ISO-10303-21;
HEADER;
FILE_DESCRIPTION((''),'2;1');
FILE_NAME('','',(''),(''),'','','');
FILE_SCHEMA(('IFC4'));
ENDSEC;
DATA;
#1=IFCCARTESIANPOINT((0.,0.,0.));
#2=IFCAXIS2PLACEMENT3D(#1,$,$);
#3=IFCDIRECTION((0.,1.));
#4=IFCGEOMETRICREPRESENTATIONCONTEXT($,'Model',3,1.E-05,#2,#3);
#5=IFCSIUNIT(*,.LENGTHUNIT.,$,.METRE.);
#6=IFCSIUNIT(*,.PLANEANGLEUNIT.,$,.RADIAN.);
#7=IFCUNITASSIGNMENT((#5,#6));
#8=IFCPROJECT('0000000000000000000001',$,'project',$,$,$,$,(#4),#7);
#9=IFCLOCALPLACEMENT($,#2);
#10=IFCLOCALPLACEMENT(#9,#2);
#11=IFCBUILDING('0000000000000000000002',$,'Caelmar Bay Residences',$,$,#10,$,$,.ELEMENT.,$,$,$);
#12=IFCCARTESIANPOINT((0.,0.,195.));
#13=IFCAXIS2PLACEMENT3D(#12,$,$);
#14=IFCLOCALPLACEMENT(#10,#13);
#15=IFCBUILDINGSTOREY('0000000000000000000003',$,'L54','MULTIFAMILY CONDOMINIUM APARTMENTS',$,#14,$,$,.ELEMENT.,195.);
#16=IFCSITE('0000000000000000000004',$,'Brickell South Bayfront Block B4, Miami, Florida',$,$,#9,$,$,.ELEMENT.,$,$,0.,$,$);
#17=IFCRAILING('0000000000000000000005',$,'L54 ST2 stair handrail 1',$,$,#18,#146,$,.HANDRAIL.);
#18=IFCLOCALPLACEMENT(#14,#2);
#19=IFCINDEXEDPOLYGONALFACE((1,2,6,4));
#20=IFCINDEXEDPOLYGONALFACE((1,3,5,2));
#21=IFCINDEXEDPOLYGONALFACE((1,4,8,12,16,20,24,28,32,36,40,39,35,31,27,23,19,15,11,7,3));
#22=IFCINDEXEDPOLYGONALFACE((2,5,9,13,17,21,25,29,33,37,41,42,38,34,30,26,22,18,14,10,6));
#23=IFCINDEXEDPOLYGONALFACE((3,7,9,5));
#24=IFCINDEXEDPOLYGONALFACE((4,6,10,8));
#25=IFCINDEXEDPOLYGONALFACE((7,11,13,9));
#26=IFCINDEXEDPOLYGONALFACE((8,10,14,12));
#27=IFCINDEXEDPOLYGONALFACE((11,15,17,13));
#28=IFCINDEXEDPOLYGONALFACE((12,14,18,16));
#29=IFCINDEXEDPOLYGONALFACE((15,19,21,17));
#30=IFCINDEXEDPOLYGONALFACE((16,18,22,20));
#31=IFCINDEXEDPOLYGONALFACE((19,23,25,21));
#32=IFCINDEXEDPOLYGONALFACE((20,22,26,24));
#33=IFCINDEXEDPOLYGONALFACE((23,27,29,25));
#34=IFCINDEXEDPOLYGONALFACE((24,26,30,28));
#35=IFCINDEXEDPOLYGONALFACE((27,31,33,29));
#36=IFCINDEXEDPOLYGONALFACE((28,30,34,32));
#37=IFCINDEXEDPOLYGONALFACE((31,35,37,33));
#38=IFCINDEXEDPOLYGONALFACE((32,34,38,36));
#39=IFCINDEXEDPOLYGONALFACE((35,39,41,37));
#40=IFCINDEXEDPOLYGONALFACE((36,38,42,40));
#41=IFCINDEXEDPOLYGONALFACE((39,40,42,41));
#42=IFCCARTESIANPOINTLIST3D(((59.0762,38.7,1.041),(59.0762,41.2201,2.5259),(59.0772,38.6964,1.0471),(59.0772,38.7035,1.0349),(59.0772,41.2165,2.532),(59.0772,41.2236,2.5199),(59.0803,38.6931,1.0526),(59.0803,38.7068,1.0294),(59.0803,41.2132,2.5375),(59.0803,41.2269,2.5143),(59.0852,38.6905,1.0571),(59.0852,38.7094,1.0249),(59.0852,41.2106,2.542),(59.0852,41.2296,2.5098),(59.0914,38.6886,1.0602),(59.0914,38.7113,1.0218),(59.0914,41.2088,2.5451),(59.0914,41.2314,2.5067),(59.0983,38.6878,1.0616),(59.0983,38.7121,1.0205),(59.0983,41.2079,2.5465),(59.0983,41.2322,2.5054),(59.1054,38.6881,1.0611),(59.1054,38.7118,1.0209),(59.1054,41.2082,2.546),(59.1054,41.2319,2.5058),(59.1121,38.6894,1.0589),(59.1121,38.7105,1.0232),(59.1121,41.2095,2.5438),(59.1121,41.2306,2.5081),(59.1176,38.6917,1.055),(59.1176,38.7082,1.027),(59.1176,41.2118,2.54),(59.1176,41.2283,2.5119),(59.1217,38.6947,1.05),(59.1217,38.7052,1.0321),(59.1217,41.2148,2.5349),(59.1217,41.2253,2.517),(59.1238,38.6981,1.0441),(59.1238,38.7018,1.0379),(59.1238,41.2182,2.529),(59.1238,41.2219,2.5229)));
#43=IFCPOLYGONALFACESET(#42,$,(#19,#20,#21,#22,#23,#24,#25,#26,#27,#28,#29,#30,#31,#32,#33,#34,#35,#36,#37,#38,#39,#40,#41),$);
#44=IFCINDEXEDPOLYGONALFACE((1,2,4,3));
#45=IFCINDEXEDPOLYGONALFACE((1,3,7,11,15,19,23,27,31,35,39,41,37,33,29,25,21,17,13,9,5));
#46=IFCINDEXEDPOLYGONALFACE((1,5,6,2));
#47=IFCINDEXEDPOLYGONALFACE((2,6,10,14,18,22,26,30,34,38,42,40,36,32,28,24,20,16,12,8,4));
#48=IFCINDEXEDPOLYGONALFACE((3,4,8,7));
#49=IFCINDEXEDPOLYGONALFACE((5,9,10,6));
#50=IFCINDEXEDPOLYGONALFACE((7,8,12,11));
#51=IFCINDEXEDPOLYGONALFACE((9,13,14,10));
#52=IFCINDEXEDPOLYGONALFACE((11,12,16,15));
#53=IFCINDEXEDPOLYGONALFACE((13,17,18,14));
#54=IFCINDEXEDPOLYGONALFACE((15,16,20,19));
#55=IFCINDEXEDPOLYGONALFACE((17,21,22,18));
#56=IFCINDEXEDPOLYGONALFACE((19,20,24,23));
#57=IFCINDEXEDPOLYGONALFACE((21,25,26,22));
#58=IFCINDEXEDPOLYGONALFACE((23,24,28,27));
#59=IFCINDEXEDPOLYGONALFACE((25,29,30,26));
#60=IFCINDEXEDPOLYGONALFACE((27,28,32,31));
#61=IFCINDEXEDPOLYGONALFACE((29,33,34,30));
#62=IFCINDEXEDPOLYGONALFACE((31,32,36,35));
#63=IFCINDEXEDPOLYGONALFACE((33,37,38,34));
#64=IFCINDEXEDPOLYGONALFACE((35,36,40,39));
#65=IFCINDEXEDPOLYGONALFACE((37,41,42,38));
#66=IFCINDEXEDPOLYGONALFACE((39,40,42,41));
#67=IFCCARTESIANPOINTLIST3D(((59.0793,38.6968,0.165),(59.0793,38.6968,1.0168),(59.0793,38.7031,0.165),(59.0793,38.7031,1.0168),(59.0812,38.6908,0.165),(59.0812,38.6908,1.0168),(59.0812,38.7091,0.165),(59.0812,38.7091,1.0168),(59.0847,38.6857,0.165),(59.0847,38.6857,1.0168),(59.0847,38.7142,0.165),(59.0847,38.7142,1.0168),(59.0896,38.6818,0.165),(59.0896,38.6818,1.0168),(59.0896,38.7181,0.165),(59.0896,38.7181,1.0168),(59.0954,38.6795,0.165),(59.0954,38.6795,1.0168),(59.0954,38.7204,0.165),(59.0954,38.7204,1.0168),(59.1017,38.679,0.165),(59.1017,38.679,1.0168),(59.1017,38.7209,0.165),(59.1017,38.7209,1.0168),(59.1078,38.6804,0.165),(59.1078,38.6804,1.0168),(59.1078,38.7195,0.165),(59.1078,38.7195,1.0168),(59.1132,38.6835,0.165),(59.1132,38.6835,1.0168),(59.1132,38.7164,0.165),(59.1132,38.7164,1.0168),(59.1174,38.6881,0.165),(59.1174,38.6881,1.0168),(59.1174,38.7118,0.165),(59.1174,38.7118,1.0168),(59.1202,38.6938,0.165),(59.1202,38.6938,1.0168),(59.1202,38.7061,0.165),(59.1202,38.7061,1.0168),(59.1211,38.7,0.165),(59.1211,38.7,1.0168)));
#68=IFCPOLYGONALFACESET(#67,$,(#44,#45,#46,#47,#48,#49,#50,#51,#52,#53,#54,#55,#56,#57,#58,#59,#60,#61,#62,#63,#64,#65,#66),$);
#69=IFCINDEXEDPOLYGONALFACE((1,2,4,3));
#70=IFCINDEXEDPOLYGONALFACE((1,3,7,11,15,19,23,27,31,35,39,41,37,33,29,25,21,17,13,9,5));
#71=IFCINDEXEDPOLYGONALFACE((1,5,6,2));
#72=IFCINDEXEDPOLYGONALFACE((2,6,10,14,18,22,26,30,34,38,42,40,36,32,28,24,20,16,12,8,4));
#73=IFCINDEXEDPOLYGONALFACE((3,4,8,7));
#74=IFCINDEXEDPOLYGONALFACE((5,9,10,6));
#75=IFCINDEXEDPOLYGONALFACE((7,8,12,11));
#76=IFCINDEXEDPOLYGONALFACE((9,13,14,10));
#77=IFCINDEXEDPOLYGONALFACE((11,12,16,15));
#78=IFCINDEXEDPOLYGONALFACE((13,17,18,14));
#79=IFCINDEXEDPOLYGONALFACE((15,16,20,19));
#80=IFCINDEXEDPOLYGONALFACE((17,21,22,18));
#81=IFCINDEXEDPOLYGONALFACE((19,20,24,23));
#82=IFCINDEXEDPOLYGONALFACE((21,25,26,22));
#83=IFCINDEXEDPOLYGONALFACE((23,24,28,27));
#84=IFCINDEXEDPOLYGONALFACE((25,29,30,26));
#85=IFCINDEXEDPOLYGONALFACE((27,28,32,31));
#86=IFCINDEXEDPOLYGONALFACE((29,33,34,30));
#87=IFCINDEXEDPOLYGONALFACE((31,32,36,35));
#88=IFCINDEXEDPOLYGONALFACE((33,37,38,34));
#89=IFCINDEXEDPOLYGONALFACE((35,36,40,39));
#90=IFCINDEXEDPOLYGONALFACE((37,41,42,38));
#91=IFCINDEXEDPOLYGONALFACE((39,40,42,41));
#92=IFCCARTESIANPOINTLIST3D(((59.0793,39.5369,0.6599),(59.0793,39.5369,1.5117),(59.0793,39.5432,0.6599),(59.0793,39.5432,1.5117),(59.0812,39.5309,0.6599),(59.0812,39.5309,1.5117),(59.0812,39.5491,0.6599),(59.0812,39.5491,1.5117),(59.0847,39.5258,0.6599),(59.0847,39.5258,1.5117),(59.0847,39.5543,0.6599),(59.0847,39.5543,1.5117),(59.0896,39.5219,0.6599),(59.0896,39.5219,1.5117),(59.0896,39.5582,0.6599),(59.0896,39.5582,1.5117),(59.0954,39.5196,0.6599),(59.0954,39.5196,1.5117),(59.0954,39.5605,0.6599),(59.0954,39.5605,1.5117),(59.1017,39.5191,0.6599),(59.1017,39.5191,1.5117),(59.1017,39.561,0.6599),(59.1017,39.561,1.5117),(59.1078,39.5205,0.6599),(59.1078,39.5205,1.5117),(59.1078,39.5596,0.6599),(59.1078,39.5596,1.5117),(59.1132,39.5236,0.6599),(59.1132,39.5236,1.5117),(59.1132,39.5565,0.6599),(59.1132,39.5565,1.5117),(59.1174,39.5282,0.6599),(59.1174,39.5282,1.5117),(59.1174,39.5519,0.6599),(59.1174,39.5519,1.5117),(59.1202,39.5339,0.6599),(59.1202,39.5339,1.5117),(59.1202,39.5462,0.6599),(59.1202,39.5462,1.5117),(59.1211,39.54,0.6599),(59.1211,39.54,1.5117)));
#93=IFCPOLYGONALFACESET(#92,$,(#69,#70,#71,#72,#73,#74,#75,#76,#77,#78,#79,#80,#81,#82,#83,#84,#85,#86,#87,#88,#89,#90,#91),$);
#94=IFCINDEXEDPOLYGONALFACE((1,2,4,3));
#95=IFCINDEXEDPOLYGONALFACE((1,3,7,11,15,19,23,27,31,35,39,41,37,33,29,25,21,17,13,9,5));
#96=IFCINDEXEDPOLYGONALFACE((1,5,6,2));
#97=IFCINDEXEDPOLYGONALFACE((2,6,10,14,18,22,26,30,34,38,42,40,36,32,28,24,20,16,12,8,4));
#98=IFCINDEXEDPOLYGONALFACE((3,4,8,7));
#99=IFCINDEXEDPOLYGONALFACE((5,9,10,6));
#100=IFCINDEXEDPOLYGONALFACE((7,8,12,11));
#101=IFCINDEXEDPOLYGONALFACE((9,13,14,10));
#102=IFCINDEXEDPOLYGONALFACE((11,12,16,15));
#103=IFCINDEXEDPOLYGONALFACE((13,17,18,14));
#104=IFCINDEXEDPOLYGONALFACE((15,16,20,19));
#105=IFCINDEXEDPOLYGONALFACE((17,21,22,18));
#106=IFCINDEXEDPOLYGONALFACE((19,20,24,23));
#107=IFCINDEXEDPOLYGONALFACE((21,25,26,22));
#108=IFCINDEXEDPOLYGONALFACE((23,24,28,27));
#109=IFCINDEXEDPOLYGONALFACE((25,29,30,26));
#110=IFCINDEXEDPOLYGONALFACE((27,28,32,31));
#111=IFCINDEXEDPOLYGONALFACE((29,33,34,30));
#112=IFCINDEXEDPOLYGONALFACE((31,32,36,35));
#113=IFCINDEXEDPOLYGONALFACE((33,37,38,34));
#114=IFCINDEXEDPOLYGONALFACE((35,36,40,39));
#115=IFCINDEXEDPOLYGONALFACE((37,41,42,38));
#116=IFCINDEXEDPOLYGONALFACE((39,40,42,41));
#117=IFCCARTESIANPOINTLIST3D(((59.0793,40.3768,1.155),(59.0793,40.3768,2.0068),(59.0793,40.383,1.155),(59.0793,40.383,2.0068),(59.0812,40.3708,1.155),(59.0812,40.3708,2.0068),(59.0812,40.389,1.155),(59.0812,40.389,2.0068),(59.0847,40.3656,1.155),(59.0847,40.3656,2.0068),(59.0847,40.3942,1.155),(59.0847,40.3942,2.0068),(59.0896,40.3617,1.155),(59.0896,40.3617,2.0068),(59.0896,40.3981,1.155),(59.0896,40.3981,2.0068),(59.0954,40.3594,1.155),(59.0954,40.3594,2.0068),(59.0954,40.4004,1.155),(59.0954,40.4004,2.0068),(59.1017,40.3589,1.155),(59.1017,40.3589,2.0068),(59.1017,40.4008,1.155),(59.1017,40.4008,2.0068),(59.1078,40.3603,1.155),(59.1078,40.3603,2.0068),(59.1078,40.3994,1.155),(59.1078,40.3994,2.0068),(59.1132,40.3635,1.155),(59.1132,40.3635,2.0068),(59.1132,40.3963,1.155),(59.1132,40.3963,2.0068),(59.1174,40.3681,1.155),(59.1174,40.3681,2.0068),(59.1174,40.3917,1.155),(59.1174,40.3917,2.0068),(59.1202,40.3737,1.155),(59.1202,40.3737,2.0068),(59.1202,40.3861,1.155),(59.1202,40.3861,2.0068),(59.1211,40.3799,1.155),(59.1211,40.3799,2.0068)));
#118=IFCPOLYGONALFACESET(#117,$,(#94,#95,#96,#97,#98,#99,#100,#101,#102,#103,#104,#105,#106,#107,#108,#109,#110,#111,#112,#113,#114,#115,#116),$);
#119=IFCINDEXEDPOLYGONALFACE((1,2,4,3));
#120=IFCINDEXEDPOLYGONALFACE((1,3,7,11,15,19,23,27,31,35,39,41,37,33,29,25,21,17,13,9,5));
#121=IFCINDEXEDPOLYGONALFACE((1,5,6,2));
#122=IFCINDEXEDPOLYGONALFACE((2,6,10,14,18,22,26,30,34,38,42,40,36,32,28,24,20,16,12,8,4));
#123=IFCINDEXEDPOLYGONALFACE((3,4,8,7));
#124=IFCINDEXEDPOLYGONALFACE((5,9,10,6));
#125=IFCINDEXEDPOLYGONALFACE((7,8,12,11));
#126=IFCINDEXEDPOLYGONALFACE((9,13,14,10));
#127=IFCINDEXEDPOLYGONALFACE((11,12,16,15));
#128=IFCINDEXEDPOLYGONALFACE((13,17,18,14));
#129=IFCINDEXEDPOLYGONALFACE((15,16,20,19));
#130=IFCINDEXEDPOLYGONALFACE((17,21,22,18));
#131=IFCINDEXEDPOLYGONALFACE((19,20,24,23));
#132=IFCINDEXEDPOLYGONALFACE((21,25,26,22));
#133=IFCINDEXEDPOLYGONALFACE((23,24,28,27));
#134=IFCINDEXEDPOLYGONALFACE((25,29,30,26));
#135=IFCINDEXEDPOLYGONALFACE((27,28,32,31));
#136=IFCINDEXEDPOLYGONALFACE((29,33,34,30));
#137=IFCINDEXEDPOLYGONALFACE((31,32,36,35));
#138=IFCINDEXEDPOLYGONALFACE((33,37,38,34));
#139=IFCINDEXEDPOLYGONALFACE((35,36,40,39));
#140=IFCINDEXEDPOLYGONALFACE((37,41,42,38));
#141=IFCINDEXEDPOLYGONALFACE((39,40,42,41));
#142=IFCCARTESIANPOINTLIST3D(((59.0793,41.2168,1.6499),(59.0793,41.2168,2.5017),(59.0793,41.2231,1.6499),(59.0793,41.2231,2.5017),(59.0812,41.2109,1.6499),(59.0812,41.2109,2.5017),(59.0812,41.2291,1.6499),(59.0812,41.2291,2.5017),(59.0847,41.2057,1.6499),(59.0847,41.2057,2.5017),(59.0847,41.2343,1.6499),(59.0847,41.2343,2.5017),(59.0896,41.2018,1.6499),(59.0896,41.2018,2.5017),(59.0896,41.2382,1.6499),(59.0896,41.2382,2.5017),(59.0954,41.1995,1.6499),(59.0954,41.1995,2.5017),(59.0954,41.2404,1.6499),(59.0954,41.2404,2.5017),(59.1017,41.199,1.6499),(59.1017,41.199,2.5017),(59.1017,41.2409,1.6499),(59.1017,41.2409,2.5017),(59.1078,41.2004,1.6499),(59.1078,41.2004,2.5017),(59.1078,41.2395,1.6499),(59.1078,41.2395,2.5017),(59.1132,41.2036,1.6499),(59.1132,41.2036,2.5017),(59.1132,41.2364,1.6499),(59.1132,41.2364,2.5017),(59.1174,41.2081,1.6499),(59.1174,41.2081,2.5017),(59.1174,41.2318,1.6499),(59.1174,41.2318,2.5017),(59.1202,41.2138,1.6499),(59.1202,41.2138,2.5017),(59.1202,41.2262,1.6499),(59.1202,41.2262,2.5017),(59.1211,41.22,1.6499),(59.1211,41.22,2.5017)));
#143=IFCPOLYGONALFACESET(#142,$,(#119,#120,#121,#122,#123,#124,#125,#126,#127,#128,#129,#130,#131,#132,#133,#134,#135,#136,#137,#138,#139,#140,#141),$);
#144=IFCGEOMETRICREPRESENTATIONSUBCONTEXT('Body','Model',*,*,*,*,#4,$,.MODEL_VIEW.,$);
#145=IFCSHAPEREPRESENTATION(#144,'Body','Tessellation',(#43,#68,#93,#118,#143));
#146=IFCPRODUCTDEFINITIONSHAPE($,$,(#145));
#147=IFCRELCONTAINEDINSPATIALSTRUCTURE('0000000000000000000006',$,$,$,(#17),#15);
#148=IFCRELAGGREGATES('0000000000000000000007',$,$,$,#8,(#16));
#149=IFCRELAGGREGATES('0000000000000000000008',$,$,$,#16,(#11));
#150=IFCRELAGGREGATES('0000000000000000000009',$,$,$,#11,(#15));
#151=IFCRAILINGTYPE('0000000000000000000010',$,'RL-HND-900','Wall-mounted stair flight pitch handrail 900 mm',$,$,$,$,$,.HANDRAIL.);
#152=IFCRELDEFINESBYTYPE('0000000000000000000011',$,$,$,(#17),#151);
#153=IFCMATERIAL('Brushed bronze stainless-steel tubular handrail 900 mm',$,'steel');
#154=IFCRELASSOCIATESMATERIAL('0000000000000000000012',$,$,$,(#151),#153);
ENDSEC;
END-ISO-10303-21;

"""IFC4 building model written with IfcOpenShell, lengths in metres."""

from ifc_helpers import new_model, si_unit, direction, frame, origin, origin_2d, place, context, subcontext, project, spatial, circle, extrude, material, type_object, element, save


model = new_model("IFC4")

# Units and contexts
model_context = context("Model", 3, precision=1e-05, world=origin(), true_north=direction((0.0, 1.0)))
body_context = subcontext(model_context, "Body", "Model", "MODEL_VIEW")
ifc_project = project(units=[si_unit("LENGTHUNIT", "METRE"), si_unit("PLANEANGLEUNIT", "RADIAN")], contexts=[model_context])

# Site, building, storey
site_placement = place(None, origin())
site = spatial("IfcSite", under=ifc_project, at=site_placement, Name="Brickell South Bayfront Block B4, Miami, Florida", CompositionType="ELEMENT", RefElevation=0.0)
building_placement = place(site_placement, origin())
building = spatial("IfcBuilding", under=site, at=building_placement, Name="Caelmar Bay Residences", CompositionType="ELEMENT")
storey_placement = place(building_placement, frame((0.0, 0.0, 195.0)))
storey = spatial("IfcBuildingStorey", under=building, at=storey_placement, Name="L54", Description="MULTIFAMILY CONDOMINIUM APARTMENTS", CompositionType="ELEMENT", Elevation=195.0)

# Railing
ifc_material_1 = material(Name="Brushed bronze stainless-steel tubular handrail 900 mm", Category="steel")
railing_type_1 = type_object("IfcRailingType", Name="RL-HND-900", Description="Wall-mounted stair flight pitch handrail 900 mm", PredefinedType="HANDRAIL", material=ifc_material_1)
railing_1_placement = place(storey_placement, frame((59.1001, 38.7, 0.165)))
element("IfcRailing", 1, at=railing_1_placement, inside=storey, type_object=railing_type_1, Name="L54 ST2 stair handrail 1", PredefinedType="HANDRAIL", context=body_context, shape_type="SweptSolid", body=[
    extrude(circle(Radius=0.0239, at=origin_2d()), frame((0.0, 0.0, 0.876), z_axis=(0.0, 0.861561, 0.507655), x_axis=(-1.0, 0.0, 0.0)), (0.0, 0.0, 1.0), 2.925),
    extrude(circle(Radius=0.021, at=origin_2d()), origin(), (0.0, 0.0, 1.0), 0.8518),
    extrude(circle(Radius=0.021, at=origin_2d()), frame((0.0, 0.8401, 0.4949)), (0.0, 0.0, 1.0), 0.8518),
    extrude(circle(Radius=0.021, at=origin_2d()), frame((0.0, 1.6799, 0.99)), (0.0, 0.0, 1.0), 0.8518),
    extrude(circle(Radius=0.021, at=origin_2d()), frame((0.0, 2.52, 1.4849)), (0.0, 0.0, 1.0), 0.8518),
])

save(model, "model.ifc")
